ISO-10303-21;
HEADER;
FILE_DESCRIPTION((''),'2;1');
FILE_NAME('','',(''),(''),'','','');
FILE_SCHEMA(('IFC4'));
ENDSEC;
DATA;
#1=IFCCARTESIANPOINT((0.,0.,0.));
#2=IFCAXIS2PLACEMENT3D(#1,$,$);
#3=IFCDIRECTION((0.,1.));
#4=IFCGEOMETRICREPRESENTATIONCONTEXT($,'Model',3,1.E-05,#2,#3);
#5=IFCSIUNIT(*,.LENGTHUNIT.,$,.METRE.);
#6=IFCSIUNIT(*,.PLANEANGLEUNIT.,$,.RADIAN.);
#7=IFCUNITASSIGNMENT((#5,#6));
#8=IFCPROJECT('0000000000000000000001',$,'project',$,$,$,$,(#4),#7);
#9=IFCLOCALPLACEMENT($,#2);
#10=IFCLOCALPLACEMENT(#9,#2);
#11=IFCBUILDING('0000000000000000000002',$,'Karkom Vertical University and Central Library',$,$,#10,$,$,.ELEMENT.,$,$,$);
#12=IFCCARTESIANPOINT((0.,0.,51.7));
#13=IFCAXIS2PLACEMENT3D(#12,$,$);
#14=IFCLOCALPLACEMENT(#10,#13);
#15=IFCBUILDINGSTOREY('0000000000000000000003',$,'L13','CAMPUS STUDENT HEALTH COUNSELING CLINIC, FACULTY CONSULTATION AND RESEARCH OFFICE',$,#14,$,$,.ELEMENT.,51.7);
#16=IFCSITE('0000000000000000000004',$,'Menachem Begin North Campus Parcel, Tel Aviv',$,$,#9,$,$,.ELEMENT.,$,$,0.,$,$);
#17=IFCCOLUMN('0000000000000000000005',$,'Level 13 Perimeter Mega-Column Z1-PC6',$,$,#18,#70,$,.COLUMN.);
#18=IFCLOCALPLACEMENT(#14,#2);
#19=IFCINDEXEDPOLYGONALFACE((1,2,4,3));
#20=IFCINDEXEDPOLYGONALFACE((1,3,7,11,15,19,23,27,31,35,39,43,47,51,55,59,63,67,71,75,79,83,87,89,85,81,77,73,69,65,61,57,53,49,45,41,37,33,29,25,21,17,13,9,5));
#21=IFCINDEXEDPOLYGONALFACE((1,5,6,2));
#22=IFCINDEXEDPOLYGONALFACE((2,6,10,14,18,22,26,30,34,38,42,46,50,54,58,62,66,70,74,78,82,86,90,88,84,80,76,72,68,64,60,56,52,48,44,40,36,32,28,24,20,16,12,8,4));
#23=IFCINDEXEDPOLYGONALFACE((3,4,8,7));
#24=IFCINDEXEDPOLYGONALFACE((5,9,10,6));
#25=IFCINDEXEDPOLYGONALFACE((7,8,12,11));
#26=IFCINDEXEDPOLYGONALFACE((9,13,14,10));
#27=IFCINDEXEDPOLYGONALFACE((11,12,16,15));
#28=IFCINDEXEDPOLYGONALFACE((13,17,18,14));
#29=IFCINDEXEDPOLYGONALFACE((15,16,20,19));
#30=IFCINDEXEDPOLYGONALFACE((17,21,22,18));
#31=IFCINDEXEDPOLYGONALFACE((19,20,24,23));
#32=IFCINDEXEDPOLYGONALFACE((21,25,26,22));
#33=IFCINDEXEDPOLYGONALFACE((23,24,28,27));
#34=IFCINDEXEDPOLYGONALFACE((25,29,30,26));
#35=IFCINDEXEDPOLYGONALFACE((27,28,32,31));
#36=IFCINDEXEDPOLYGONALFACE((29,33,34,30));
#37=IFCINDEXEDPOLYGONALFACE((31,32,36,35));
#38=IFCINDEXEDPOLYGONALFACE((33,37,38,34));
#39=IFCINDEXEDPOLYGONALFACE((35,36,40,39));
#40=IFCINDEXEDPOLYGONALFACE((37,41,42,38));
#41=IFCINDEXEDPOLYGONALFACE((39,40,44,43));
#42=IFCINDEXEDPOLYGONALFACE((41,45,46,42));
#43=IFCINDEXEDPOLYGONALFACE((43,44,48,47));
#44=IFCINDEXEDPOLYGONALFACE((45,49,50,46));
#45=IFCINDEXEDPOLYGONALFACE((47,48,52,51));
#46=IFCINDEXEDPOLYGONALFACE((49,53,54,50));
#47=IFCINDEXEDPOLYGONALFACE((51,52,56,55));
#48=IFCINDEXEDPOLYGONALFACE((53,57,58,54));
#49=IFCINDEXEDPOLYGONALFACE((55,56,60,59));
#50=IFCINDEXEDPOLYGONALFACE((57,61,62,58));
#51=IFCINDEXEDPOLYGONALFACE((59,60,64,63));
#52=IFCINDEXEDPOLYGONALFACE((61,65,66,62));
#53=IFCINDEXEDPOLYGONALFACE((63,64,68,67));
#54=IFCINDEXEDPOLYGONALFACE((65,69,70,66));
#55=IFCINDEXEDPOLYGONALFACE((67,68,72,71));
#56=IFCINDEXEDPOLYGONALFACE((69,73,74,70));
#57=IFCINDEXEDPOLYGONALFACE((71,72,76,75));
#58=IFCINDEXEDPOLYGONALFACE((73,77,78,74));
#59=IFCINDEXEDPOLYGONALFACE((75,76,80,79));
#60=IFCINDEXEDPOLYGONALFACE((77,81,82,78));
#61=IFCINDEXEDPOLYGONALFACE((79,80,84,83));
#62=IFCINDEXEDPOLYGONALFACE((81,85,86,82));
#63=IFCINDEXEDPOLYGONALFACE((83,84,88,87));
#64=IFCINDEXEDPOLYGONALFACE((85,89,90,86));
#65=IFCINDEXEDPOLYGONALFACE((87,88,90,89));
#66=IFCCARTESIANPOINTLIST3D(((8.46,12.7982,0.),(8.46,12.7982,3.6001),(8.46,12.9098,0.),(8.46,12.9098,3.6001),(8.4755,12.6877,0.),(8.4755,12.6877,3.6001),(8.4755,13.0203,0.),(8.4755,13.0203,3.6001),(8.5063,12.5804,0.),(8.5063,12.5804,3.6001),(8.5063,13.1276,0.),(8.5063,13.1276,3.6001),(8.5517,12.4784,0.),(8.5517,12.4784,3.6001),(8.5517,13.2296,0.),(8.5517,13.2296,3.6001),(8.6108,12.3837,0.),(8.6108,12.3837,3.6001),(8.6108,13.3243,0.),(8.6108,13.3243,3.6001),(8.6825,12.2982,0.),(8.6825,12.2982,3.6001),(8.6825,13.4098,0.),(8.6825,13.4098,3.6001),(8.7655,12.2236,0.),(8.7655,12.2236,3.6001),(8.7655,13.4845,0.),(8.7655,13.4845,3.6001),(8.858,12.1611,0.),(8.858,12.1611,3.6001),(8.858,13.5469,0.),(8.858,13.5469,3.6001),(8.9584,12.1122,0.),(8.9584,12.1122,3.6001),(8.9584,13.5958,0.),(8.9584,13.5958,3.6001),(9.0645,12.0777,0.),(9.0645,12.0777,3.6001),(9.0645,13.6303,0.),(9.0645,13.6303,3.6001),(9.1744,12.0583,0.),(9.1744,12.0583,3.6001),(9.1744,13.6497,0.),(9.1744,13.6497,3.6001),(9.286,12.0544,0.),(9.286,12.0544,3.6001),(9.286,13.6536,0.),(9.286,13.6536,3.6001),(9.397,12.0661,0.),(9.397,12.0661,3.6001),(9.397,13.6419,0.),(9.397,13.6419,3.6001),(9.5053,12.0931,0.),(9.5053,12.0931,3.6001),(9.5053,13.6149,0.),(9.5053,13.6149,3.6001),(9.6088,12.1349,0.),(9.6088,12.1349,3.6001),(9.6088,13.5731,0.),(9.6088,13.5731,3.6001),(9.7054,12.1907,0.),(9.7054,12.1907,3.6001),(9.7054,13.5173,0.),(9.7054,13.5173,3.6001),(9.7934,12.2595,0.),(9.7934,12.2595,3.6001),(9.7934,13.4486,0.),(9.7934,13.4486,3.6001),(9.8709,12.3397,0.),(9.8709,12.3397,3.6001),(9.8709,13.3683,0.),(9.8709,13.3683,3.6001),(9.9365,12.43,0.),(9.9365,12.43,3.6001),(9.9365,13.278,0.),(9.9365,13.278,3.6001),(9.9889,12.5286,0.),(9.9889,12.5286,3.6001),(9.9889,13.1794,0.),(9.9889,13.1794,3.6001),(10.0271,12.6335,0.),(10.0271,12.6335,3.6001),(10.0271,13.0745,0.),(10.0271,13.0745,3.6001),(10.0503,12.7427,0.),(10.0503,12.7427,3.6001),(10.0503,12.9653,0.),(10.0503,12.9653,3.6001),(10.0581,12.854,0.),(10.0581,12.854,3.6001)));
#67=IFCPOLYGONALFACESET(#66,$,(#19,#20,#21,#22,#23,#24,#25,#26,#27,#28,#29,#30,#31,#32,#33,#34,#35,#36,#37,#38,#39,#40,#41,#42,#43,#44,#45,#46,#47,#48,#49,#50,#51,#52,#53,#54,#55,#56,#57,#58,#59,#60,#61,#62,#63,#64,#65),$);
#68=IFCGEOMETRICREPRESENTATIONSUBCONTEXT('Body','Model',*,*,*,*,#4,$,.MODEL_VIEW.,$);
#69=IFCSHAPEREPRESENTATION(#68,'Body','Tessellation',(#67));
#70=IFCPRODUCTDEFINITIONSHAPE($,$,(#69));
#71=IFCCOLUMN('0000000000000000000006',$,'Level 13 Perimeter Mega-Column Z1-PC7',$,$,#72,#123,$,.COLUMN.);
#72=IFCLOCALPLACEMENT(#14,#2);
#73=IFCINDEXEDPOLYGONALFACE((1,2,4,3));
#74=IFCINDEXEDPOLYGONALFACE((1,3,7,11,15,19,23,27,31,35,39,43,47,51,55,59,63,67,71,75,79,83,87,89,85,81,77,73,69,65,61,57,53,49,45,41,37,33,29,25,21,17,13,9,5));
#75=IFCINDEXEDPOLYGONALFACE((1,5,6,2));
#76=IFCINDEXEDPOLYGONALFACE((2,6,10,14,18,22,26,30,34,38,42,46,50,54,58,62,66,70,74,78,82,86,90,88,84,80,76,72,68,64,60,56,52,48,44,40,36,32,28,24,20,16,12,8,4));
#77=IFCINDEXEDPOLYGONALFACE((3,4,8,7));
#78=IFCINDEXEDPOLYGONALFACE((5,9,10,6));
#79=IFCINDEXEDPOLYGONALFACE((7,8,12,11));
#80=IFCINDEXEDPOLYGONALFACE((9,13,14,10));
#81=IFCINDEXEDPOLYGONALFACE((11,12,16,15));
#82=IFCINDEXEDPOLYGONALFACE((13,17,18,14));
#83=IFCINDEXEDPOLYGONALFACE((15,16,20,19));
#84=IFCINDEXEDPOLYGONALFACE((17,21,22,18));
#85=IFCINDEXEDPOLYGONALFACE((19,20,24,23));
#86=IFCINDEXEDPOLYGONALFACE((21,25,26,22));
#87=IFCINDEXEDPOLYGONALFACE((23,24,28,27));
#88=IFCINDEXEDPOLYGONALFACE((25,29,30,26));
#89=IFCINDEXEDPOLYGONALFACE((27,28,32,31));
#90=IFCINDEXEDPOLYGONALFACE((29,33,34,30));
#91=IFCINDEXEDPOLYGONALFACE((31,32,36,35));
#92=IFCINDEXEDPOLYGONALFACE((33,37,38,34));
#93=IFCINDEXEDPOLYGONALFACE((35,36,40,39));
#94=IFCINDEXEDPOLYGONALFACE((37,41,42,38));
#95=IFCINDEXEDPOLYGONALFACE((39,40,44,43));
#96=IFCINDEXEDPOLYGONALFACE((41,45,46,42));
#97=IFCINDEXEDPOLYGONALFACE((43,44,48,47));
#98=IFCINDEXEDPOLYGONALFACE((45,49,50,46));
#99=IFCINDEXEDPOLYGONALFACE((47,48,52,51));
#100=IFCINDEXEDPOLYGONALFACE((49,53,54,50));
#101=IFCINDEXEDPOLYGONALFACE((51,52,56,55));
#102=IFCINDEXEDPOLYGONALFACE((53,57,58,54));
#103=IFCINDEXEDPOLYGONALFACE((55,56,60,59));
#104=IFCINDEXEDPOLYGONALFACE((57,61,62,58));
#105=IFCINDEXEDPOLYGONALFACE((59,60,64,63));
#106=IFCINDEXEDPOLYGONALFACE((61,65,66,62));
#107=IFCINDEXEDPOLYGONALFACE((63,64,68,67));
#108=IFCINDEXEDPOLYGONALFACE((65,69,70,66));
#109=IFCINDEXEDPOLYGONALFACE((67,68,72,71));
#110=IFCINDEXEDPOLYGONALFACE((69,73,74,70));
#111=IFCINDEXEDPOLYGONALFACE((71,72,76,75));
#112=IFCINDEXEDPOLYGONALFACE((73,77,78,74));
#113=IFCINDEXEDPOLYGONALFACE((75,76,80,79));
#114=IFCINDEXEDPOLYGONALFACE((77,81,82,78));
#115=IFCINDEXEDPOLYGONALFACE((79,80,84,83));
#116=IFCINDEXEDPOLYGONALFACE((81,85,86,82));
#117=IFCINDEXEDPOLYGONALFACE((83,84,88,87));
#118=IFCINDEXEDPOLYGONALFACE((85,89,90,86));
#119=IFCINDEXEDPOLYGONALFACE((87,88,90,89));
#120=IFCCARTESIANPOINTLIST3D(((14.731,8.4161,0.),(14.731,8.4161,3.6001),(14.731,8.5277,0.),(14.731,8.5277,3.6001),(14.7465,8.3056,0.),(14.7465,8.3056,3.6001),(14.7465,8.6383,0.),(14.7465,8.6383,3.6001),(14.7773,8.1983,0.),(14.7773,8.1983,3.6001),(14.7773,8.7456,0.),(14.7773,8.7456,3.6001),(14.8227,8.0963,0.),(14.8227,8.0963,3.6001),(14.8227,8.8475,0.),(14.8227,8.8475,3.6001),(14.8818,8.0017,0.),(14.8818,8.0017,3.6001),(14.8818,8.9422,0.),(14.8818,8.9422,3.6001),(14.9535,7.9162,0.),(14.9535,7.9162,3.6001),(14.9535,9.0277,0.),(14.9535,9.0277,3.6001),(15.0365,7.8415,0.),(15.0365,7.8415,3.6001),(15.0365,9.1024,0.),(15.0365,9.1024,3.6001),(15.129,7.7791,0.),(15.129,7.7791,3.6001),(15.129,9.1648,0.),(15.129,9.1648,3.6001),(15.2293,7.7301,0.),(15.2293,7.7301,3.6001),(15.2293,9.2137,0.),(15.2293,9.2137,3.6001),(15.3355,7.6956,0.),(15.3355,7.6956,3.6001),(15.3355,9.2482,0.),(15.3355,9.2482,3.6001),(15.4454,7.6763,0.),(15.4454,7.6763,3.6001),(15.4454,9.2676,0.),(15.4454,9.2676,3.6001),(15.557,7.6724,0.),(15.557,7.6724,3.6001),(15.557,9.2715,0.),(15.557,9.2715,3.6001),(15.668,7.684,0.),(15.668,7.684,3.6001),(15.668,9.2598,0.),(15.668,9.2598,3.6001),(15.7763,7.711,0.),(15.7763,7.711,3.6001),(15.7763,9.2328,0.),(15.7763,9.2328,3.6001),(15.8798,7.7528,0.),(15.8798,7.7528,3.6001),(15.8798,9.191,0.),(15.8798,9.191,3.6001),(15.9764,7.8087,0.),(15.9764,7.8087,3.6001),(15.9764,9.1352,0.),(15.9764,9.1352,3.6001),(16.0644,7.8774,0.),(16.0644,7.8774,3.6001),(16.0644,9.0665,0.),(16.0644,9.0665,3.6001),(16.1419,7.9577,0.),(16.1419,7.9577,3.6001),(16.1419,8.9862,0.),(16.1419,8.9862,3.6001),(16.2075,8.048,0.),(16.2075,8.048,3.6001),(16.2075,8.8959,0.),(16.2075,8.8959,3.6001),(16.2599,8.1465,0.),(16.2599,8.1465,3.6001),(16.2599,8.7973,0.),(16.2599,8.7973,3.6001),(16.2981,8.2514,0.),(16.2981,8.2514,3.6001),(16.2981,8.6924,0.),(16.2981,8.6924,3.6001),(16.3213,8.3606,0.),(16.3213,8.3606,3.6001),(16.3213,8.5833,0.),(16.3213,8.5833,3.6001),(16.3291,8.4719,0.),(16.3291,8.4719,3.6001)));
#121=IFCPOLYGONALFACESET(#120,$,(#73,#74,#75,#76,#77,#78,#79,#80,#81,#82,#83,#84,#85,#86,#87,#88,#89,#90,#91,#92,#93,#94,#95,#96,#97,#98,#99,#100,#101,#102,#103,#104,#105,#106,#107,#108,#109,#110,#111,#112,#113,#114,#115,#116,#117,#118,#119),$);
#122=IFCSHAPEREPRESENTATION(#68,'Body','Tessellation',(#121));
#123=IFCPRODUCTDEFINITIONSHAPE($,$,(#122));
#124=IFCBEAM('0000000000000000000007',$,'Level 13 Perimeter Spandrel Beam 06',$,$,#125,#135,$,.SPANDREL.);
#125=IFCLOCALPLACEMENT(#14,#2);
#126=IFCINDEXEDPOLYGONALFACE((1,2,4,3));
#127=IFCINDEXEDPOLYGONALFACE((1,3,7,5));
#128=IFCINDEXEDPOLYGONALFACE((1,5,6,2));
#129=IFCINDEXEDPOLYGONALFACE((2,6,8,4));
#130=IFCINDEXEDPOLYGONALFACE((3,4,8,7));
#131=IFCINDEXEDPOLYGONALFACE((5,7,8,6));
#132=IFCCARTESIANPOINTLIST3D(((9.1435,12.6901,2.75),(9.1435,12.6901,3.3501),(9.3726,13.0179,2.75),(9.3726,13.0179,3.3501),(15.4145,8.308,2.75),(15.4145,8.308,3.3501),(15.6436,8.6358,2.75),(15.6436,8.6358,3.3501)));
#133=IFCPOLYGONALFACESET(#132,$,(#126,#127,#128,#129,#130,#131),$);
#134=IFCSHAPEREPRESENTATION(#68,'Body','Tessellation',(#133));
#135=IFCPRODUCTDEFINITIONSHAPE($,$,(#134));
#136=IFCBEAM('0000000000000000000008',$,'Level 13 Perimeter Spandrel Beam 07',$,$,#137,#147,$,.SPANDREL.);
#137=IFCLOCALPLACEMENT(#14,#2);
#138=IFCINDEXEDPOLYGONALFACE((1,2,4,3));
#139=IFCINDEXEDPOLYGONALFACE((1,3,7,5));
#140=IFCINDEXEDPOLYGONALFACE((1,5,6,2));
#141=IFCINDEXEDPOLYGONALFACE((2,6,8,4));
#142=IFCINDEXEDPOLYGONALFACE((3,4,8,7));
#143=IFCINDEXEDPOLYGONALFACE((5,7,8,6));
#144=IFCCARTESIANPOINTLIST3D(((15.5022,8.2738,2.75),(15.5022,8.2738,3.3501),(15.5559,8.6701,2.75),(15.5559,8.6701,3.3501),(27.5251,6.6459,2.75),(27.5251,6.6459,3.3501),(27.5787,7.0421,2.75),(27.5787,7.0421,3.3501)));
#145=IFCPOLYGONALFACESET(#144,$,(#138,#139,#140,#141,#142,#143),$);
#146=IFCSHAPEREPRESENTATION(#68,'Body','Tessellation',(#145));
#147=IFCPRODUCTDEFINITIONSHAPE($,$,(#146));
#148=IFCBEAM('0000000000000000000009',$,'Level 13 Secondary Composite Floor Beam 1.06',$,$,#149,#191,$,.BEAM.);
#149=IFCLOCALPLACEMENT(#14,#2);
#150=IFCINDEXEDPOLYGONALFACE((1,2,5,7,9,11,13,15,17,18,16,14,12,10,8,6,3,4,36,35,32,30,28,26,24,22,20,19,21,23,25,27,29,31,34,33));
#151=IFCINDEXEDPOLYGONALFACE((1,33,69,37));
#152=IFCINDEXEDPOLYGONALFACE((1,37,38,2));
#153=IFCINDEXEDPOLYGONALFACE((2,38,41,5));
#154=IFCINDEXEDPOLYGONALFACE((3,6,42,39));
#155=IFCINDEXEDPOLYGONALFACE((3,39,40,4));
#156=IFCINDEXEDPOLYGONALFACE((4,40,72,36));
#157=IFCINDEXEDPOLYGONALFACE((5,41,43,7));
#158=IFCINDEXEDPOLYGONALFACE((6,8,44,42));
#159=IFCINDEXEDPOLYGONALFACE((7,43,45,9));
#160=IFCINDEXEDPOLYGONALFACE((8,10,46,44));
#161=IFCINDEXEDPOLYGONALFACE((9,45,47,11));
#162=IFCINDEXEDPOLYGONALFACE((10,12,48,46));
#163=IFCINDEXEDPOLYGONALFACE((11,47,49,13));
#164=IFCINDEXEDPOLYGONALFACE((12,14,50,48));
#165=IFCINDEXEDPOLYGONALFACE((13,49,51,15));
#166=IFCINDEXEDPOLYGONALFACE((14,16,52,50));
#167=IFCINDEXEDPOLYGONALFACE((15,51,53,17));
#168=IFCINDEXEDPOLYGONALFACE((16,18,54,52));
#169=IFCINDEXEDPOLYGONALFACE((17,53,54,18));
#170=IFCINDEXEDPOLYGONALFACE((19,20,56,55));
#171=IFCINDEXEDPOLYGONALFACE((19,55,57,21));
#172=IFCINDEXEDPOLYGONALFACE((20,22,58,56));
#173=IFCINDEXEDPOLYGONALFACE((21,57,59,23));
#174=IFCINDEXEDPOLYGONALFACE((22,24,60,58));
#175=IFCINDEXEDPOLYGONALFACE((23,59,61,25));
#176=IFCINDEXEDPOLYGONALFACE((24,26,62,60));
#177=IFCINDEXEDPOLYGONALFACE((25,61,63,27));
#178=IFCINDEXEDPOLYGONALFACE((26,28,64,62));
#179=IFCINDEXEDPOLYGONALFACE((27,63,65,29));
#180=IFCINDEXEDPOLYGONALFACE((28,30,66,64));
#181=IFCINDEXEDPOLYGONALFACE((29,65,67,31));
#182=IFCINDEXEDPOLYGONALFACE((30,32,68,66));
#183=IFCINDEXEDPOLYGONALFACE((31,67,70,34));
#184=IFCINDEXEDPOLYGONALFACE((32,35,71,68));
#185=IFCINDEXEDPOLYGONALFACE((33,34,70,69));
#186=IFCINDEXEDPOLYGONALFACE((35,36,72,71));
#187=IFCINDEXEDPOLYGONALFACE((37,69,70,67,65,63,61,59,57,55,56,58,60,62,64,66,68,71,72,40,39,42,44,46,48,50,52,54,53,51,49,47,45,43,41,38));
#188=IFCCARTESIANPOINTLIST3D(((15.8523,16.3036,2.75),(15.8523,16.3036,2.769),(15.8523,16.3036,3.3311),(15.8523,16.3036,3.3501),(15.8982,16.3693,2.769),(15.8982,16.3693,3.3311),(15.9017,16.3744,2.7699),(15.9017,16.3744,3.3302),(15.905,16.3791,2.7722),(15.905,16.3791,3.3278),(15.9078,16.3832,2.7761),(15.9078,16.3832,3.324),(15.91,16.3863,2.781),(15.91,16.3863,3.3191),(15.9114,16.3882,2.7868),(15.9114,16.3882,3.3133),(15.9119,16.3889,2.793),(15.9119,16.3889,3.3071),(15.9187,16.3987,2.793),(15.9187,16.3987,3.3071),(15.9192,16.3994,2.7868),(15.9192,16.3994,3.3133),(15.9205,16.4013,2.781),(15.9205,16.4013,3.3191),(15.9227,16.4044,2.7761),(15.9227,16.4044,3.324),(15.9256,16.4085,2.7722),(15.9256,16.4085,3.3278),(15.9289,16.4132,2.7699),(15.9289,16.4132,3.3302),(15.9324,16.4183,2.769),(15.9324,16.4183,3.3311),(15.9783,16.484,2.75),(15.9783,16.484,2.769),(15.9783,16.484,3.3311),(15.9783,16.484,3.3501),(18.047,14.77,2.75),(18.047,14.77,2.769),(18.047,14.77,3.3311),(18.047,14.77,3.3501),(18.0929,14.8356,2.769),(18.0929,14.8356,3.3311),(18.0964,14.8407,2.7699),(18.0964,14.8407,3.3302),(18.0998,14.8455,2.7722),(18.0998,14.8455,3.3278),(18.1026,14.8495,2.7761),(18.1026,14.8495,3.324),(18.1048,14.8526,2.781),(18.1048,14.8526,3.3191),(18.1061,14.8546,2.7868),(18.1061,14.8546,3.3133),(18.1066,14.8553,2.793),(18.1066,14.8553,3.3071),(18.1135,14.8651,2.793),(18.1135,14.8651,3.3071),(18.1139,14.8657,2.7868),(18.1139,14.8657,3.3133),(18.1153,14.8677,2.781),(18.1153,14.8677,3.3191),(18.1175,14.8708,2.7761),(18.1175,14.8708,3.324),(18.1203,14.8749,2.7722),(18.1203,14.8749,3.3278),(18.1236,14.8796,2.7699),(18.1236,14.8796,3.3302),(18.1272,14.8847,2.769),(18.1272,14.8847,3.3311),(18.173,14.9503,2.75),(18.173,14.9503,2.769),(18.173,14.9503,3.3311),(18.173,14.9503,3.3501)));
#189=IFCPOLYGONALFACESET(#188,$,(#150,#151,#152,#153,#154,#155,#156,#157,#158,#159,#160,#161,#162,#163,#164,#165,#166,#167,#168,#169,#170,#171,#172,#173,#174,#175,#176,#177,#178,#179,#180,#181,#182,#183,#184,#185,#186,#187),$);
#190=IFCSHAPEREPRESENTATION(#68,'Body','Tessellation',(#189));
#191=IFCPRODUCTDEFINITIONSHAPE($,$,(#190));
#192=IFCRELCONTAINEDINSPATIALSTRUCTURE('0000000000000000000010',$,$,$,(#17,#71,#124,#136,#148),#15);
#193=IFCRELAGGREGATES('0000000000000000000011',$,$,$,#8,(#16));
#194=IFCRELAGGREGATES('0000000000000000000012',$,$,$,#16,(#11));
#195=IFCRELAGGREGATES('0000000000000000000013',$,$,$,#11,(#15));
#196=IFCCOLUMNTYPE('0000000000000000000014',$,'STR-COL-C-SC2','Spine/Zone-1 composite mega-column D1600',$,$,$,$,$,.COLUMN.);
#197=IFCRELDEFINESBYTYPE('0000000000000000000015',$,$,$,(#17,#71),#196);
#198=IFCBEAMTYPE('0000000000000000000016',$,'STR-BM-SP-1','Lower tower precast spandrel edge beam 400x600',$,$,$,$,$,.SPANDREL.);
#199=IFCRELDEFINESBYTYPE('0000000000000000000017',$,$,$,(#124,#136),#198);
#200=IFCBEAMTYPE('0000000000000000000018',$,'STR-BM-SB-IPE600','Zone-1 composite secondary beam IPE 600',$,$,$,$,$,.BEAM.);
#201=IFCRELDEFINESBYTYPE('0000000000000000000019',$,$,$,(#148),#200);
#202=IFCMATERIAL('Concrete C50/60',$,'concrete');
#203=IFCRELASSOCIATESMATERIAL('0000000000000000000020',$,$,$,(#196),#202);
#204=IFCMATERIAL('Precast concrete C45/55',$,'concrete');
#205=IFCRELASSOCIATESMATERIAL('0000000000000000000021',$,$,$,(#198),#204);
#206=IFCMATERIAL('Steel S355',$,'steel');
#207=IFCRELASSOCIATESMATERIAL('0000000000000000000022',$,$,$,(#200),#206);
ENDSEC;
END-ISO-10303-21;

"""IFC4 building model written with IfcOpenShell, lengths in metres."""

from ifc_helpers import new_model, si_unit, direction, frame, origin, origin_with_axes, origin_2d, place, context, subcontext, project, spatial, rectangle, circle, i_section, extrude, source, transform, mapped, material, material_profile, profile_set, type_object, element, save


model = new_model("IFC4")

# Units and contexts
model_context = context("Model", 3, precision=1e-05, world=origin(), true_north=direction((0.0, 1.0)))
body_context = subcontext(model_context, "Body", "Model", "MODEL_VIEW")
ifc_project = project(units=[si_unit("LENGTHUNIT", "METRE"), si_unit("PLANEANGLEUNIT", "RADIAN")], contexts=[model_context])

# Site, building, storey
site_placement = place(None, origin())
site = spatial("IfcSite", under=ifc_project, at=site_placement, Name="Menachem Begin North Campus Parcel, Tel Aviv", CompositionType="ELEMENT", RefElevation=0.0)
building_placement = place(site_placement, origin())
building = spatial("IfcBuilding", under=site, at=building_placement, Name="Karkom Vertical University and Central Library", CompositionType="ELEMENT")
storey_placement = place(building_placement, frame((0.0, 0.0, 51.7)))
storey = spatial("IfcBuildingStorey", under=building, at=storey_placement, Name="L13", Description="CAMPUS STUDENT HEALTH COUNSELING CLINIC, FACULTY CONSULTATION AND RESEARCH OFFICE", CompositionType="ELEMENT", Elevation=51.7)

# Columns
ifc_material_1 = material(Name="Concrete C50/60", Category="concrete")
ifc_material_profile_1 = material_profile(ifc_material_1, circle(Radius=0.8, at=origin_2d()), Name="CFT-D1600")
ifc_profile_set_1 = profile_set([ifc_material_profile_1], Name="Concrete C50/60")
column_type = type_object("IfcColumnType", Name="STR-COL-C-SC2", Description="Spine/Zone-1 composite mega-column D1600", PredefinedType="COLUMN", material=ifc_profile_set_1)
shared_shape_1 = source(origin_with_axes(), body_context, "Body", "SweptSolid", [
    extrude(circle(Radius=0.8, at=origin_2d()), origin(), (0.0, 0.0, 1.0), 3.6001),
])
for number, where, z_axis, x_axis, name in (
    (1, (9.2581, 12.854, 0.0), (0.0, 0.0, 1.0), (1.0, 0.0, 0.0), "Level 13 Perimeter Mega-Column Z1-PC6"),
    (2, (15.5291, 8.4719, 0.0), (0.0, 0.0, 1.0), (1.0, 0.0, 0.0), "Level 13 Perimeter Mega-Column Z1-PC7"),
):
    element("IfcColumn", number, at=place(storey_placement, frame(where, z_axis=z_axis, x_axis=x_axis)), inside=storey, type_object=column_type, Name=name, PredefinedType="COLUMN", context=body_context, shape_type="MappedRepresentation", body=[
        mapped(shared_shape_1, transform((0.0, 0.0, 0.0), scale=1.0)),
    ])

# Beams
ifc_material_2 = material(Name="Precast concrete C45/55", Category="concrete")
ifc_material_profile_2 = material_profile(ifc_material_2, rectangle(XDim=0.3999, YDim=0.6001, at=origin_2d()), Name="SPB-400x600")
ifc_profile_set_2 = profile_set([ifc_material_profile_2], Name="Precast concrete C45/55")
beam_type_1 = type_object("IfcBeamType", Name="STR-BM-SP-1", Description="Lower tower precast spandrel edge beam 400x600", PredefinedType="SPANDREL", material=ifc_profile_set_2)
shared_shape_2 = source(origin_with_axes(), body_context, "Body", "SweptSolid", [
    extrude(rectangle(XDim=0.3999, YDim=0.6001, at=origin_2d()), origin(), (0.0, 0.0, 1.0), 7.6504),
])
beam_1_placement = place(storey_placement, frame((9.2581, 12.854, 3.05), z_axis=(0.819699, -0.572794, 0.0), x_axis=(0.572794, 0.819699, 0.0)))
element("IfcBeam", 3, at=beam_1_placement, inside=storey, type_object=beam_type_1, Name="Level 13 Perimeter Spandrel Beam 06", PredefinedType="SPANDREL", context=body_context, shape_type="MappedRepresentation", body=[
    mapped(shared_shape_2, transform((0.0, 0.0, 0.0), scale=1.0)),
])
shared_shape_3 = source(origin_with_axes(), body_context, "Body", "SweptSolid", [
    extrude(rectangle(XDim=0.3999, YDim=0.6001, at=origin_2d()), origin(), (0.0, 0.0, 1.0), 12.1326),
])
beam_2_placement = place(storey_placement, frame((15.5291, 8.4719, 3.05), z_axis=(0.990957, -0.134177, 0.0), x_axis=(0.134177, 0.990957, 0.0)))
element("IfcBeam", 4, at=beam_2_placement, inside=storey, type_object=beam_type_1, Name="Level 13 Perimeter Spandrel Beam 07", PredefinedType="SPANDREL", context=body_context, shape_type="MappedRepresentation", body=[
    mapped(shared_shape_3, transform((0.0, 0.0, 0.0), scale=1.0)),
])
ifc_material_3 = material(Name="Steel S355", Category="steel")
ifc_material_profile_3 = material_profile(ifc_material_3, i_section(OverallWidth=0.22, OverallDepth=0.6001, WebThickness=0.012, FlangeThickness=0.019, FilletRadius=0.0239, at=origin_2d()), Name="IPE 600")
ifc_profile_set_3 = profile_set([ifc_material_profile_3], Name="Steel S355")
beam_type_2 = type_object("IfcBeamType", Name="STR-BM-SB-IPE600", Description="Zone-1 composite secondary beam IPE 600", PredefinedType="BEAM", material=ifc_profile_set_3)
shared_shape_4 = source(origin_with_axes(), body_context, "Body", "SweptSolid", [
    extrude(i_section(OverallWidth=0.22, OverallDepth=0.6001, WebThickness=0.012, FlangeThickness=0.019, FilletRadius=0.0239, at=origin_2d()), origin(), (0.0, 0.0, 1.0), 2.6775),
])
beam_3_placement = place(storey_placement, frame((15.9153, 16.3938, 3.05), z_axis=(0.819703, -0.572789, 0.0), x_axis=(0.572789, 0.819703, 0.0)))
element("IfcBeam", 5, at=beam_3_placement, inside=storey, type_object=beam_type_2, Name="Level 13 Secondary Composite Floor Beam 1.06", PredefinedType="BEAM", context=body_context, shape_type="MappedRepresentation", body=[
    mapped(shared_shape_4, transform((0.0, 0.0, 0.0), scale=1.0)),
])

save(model, "model.ifc")
